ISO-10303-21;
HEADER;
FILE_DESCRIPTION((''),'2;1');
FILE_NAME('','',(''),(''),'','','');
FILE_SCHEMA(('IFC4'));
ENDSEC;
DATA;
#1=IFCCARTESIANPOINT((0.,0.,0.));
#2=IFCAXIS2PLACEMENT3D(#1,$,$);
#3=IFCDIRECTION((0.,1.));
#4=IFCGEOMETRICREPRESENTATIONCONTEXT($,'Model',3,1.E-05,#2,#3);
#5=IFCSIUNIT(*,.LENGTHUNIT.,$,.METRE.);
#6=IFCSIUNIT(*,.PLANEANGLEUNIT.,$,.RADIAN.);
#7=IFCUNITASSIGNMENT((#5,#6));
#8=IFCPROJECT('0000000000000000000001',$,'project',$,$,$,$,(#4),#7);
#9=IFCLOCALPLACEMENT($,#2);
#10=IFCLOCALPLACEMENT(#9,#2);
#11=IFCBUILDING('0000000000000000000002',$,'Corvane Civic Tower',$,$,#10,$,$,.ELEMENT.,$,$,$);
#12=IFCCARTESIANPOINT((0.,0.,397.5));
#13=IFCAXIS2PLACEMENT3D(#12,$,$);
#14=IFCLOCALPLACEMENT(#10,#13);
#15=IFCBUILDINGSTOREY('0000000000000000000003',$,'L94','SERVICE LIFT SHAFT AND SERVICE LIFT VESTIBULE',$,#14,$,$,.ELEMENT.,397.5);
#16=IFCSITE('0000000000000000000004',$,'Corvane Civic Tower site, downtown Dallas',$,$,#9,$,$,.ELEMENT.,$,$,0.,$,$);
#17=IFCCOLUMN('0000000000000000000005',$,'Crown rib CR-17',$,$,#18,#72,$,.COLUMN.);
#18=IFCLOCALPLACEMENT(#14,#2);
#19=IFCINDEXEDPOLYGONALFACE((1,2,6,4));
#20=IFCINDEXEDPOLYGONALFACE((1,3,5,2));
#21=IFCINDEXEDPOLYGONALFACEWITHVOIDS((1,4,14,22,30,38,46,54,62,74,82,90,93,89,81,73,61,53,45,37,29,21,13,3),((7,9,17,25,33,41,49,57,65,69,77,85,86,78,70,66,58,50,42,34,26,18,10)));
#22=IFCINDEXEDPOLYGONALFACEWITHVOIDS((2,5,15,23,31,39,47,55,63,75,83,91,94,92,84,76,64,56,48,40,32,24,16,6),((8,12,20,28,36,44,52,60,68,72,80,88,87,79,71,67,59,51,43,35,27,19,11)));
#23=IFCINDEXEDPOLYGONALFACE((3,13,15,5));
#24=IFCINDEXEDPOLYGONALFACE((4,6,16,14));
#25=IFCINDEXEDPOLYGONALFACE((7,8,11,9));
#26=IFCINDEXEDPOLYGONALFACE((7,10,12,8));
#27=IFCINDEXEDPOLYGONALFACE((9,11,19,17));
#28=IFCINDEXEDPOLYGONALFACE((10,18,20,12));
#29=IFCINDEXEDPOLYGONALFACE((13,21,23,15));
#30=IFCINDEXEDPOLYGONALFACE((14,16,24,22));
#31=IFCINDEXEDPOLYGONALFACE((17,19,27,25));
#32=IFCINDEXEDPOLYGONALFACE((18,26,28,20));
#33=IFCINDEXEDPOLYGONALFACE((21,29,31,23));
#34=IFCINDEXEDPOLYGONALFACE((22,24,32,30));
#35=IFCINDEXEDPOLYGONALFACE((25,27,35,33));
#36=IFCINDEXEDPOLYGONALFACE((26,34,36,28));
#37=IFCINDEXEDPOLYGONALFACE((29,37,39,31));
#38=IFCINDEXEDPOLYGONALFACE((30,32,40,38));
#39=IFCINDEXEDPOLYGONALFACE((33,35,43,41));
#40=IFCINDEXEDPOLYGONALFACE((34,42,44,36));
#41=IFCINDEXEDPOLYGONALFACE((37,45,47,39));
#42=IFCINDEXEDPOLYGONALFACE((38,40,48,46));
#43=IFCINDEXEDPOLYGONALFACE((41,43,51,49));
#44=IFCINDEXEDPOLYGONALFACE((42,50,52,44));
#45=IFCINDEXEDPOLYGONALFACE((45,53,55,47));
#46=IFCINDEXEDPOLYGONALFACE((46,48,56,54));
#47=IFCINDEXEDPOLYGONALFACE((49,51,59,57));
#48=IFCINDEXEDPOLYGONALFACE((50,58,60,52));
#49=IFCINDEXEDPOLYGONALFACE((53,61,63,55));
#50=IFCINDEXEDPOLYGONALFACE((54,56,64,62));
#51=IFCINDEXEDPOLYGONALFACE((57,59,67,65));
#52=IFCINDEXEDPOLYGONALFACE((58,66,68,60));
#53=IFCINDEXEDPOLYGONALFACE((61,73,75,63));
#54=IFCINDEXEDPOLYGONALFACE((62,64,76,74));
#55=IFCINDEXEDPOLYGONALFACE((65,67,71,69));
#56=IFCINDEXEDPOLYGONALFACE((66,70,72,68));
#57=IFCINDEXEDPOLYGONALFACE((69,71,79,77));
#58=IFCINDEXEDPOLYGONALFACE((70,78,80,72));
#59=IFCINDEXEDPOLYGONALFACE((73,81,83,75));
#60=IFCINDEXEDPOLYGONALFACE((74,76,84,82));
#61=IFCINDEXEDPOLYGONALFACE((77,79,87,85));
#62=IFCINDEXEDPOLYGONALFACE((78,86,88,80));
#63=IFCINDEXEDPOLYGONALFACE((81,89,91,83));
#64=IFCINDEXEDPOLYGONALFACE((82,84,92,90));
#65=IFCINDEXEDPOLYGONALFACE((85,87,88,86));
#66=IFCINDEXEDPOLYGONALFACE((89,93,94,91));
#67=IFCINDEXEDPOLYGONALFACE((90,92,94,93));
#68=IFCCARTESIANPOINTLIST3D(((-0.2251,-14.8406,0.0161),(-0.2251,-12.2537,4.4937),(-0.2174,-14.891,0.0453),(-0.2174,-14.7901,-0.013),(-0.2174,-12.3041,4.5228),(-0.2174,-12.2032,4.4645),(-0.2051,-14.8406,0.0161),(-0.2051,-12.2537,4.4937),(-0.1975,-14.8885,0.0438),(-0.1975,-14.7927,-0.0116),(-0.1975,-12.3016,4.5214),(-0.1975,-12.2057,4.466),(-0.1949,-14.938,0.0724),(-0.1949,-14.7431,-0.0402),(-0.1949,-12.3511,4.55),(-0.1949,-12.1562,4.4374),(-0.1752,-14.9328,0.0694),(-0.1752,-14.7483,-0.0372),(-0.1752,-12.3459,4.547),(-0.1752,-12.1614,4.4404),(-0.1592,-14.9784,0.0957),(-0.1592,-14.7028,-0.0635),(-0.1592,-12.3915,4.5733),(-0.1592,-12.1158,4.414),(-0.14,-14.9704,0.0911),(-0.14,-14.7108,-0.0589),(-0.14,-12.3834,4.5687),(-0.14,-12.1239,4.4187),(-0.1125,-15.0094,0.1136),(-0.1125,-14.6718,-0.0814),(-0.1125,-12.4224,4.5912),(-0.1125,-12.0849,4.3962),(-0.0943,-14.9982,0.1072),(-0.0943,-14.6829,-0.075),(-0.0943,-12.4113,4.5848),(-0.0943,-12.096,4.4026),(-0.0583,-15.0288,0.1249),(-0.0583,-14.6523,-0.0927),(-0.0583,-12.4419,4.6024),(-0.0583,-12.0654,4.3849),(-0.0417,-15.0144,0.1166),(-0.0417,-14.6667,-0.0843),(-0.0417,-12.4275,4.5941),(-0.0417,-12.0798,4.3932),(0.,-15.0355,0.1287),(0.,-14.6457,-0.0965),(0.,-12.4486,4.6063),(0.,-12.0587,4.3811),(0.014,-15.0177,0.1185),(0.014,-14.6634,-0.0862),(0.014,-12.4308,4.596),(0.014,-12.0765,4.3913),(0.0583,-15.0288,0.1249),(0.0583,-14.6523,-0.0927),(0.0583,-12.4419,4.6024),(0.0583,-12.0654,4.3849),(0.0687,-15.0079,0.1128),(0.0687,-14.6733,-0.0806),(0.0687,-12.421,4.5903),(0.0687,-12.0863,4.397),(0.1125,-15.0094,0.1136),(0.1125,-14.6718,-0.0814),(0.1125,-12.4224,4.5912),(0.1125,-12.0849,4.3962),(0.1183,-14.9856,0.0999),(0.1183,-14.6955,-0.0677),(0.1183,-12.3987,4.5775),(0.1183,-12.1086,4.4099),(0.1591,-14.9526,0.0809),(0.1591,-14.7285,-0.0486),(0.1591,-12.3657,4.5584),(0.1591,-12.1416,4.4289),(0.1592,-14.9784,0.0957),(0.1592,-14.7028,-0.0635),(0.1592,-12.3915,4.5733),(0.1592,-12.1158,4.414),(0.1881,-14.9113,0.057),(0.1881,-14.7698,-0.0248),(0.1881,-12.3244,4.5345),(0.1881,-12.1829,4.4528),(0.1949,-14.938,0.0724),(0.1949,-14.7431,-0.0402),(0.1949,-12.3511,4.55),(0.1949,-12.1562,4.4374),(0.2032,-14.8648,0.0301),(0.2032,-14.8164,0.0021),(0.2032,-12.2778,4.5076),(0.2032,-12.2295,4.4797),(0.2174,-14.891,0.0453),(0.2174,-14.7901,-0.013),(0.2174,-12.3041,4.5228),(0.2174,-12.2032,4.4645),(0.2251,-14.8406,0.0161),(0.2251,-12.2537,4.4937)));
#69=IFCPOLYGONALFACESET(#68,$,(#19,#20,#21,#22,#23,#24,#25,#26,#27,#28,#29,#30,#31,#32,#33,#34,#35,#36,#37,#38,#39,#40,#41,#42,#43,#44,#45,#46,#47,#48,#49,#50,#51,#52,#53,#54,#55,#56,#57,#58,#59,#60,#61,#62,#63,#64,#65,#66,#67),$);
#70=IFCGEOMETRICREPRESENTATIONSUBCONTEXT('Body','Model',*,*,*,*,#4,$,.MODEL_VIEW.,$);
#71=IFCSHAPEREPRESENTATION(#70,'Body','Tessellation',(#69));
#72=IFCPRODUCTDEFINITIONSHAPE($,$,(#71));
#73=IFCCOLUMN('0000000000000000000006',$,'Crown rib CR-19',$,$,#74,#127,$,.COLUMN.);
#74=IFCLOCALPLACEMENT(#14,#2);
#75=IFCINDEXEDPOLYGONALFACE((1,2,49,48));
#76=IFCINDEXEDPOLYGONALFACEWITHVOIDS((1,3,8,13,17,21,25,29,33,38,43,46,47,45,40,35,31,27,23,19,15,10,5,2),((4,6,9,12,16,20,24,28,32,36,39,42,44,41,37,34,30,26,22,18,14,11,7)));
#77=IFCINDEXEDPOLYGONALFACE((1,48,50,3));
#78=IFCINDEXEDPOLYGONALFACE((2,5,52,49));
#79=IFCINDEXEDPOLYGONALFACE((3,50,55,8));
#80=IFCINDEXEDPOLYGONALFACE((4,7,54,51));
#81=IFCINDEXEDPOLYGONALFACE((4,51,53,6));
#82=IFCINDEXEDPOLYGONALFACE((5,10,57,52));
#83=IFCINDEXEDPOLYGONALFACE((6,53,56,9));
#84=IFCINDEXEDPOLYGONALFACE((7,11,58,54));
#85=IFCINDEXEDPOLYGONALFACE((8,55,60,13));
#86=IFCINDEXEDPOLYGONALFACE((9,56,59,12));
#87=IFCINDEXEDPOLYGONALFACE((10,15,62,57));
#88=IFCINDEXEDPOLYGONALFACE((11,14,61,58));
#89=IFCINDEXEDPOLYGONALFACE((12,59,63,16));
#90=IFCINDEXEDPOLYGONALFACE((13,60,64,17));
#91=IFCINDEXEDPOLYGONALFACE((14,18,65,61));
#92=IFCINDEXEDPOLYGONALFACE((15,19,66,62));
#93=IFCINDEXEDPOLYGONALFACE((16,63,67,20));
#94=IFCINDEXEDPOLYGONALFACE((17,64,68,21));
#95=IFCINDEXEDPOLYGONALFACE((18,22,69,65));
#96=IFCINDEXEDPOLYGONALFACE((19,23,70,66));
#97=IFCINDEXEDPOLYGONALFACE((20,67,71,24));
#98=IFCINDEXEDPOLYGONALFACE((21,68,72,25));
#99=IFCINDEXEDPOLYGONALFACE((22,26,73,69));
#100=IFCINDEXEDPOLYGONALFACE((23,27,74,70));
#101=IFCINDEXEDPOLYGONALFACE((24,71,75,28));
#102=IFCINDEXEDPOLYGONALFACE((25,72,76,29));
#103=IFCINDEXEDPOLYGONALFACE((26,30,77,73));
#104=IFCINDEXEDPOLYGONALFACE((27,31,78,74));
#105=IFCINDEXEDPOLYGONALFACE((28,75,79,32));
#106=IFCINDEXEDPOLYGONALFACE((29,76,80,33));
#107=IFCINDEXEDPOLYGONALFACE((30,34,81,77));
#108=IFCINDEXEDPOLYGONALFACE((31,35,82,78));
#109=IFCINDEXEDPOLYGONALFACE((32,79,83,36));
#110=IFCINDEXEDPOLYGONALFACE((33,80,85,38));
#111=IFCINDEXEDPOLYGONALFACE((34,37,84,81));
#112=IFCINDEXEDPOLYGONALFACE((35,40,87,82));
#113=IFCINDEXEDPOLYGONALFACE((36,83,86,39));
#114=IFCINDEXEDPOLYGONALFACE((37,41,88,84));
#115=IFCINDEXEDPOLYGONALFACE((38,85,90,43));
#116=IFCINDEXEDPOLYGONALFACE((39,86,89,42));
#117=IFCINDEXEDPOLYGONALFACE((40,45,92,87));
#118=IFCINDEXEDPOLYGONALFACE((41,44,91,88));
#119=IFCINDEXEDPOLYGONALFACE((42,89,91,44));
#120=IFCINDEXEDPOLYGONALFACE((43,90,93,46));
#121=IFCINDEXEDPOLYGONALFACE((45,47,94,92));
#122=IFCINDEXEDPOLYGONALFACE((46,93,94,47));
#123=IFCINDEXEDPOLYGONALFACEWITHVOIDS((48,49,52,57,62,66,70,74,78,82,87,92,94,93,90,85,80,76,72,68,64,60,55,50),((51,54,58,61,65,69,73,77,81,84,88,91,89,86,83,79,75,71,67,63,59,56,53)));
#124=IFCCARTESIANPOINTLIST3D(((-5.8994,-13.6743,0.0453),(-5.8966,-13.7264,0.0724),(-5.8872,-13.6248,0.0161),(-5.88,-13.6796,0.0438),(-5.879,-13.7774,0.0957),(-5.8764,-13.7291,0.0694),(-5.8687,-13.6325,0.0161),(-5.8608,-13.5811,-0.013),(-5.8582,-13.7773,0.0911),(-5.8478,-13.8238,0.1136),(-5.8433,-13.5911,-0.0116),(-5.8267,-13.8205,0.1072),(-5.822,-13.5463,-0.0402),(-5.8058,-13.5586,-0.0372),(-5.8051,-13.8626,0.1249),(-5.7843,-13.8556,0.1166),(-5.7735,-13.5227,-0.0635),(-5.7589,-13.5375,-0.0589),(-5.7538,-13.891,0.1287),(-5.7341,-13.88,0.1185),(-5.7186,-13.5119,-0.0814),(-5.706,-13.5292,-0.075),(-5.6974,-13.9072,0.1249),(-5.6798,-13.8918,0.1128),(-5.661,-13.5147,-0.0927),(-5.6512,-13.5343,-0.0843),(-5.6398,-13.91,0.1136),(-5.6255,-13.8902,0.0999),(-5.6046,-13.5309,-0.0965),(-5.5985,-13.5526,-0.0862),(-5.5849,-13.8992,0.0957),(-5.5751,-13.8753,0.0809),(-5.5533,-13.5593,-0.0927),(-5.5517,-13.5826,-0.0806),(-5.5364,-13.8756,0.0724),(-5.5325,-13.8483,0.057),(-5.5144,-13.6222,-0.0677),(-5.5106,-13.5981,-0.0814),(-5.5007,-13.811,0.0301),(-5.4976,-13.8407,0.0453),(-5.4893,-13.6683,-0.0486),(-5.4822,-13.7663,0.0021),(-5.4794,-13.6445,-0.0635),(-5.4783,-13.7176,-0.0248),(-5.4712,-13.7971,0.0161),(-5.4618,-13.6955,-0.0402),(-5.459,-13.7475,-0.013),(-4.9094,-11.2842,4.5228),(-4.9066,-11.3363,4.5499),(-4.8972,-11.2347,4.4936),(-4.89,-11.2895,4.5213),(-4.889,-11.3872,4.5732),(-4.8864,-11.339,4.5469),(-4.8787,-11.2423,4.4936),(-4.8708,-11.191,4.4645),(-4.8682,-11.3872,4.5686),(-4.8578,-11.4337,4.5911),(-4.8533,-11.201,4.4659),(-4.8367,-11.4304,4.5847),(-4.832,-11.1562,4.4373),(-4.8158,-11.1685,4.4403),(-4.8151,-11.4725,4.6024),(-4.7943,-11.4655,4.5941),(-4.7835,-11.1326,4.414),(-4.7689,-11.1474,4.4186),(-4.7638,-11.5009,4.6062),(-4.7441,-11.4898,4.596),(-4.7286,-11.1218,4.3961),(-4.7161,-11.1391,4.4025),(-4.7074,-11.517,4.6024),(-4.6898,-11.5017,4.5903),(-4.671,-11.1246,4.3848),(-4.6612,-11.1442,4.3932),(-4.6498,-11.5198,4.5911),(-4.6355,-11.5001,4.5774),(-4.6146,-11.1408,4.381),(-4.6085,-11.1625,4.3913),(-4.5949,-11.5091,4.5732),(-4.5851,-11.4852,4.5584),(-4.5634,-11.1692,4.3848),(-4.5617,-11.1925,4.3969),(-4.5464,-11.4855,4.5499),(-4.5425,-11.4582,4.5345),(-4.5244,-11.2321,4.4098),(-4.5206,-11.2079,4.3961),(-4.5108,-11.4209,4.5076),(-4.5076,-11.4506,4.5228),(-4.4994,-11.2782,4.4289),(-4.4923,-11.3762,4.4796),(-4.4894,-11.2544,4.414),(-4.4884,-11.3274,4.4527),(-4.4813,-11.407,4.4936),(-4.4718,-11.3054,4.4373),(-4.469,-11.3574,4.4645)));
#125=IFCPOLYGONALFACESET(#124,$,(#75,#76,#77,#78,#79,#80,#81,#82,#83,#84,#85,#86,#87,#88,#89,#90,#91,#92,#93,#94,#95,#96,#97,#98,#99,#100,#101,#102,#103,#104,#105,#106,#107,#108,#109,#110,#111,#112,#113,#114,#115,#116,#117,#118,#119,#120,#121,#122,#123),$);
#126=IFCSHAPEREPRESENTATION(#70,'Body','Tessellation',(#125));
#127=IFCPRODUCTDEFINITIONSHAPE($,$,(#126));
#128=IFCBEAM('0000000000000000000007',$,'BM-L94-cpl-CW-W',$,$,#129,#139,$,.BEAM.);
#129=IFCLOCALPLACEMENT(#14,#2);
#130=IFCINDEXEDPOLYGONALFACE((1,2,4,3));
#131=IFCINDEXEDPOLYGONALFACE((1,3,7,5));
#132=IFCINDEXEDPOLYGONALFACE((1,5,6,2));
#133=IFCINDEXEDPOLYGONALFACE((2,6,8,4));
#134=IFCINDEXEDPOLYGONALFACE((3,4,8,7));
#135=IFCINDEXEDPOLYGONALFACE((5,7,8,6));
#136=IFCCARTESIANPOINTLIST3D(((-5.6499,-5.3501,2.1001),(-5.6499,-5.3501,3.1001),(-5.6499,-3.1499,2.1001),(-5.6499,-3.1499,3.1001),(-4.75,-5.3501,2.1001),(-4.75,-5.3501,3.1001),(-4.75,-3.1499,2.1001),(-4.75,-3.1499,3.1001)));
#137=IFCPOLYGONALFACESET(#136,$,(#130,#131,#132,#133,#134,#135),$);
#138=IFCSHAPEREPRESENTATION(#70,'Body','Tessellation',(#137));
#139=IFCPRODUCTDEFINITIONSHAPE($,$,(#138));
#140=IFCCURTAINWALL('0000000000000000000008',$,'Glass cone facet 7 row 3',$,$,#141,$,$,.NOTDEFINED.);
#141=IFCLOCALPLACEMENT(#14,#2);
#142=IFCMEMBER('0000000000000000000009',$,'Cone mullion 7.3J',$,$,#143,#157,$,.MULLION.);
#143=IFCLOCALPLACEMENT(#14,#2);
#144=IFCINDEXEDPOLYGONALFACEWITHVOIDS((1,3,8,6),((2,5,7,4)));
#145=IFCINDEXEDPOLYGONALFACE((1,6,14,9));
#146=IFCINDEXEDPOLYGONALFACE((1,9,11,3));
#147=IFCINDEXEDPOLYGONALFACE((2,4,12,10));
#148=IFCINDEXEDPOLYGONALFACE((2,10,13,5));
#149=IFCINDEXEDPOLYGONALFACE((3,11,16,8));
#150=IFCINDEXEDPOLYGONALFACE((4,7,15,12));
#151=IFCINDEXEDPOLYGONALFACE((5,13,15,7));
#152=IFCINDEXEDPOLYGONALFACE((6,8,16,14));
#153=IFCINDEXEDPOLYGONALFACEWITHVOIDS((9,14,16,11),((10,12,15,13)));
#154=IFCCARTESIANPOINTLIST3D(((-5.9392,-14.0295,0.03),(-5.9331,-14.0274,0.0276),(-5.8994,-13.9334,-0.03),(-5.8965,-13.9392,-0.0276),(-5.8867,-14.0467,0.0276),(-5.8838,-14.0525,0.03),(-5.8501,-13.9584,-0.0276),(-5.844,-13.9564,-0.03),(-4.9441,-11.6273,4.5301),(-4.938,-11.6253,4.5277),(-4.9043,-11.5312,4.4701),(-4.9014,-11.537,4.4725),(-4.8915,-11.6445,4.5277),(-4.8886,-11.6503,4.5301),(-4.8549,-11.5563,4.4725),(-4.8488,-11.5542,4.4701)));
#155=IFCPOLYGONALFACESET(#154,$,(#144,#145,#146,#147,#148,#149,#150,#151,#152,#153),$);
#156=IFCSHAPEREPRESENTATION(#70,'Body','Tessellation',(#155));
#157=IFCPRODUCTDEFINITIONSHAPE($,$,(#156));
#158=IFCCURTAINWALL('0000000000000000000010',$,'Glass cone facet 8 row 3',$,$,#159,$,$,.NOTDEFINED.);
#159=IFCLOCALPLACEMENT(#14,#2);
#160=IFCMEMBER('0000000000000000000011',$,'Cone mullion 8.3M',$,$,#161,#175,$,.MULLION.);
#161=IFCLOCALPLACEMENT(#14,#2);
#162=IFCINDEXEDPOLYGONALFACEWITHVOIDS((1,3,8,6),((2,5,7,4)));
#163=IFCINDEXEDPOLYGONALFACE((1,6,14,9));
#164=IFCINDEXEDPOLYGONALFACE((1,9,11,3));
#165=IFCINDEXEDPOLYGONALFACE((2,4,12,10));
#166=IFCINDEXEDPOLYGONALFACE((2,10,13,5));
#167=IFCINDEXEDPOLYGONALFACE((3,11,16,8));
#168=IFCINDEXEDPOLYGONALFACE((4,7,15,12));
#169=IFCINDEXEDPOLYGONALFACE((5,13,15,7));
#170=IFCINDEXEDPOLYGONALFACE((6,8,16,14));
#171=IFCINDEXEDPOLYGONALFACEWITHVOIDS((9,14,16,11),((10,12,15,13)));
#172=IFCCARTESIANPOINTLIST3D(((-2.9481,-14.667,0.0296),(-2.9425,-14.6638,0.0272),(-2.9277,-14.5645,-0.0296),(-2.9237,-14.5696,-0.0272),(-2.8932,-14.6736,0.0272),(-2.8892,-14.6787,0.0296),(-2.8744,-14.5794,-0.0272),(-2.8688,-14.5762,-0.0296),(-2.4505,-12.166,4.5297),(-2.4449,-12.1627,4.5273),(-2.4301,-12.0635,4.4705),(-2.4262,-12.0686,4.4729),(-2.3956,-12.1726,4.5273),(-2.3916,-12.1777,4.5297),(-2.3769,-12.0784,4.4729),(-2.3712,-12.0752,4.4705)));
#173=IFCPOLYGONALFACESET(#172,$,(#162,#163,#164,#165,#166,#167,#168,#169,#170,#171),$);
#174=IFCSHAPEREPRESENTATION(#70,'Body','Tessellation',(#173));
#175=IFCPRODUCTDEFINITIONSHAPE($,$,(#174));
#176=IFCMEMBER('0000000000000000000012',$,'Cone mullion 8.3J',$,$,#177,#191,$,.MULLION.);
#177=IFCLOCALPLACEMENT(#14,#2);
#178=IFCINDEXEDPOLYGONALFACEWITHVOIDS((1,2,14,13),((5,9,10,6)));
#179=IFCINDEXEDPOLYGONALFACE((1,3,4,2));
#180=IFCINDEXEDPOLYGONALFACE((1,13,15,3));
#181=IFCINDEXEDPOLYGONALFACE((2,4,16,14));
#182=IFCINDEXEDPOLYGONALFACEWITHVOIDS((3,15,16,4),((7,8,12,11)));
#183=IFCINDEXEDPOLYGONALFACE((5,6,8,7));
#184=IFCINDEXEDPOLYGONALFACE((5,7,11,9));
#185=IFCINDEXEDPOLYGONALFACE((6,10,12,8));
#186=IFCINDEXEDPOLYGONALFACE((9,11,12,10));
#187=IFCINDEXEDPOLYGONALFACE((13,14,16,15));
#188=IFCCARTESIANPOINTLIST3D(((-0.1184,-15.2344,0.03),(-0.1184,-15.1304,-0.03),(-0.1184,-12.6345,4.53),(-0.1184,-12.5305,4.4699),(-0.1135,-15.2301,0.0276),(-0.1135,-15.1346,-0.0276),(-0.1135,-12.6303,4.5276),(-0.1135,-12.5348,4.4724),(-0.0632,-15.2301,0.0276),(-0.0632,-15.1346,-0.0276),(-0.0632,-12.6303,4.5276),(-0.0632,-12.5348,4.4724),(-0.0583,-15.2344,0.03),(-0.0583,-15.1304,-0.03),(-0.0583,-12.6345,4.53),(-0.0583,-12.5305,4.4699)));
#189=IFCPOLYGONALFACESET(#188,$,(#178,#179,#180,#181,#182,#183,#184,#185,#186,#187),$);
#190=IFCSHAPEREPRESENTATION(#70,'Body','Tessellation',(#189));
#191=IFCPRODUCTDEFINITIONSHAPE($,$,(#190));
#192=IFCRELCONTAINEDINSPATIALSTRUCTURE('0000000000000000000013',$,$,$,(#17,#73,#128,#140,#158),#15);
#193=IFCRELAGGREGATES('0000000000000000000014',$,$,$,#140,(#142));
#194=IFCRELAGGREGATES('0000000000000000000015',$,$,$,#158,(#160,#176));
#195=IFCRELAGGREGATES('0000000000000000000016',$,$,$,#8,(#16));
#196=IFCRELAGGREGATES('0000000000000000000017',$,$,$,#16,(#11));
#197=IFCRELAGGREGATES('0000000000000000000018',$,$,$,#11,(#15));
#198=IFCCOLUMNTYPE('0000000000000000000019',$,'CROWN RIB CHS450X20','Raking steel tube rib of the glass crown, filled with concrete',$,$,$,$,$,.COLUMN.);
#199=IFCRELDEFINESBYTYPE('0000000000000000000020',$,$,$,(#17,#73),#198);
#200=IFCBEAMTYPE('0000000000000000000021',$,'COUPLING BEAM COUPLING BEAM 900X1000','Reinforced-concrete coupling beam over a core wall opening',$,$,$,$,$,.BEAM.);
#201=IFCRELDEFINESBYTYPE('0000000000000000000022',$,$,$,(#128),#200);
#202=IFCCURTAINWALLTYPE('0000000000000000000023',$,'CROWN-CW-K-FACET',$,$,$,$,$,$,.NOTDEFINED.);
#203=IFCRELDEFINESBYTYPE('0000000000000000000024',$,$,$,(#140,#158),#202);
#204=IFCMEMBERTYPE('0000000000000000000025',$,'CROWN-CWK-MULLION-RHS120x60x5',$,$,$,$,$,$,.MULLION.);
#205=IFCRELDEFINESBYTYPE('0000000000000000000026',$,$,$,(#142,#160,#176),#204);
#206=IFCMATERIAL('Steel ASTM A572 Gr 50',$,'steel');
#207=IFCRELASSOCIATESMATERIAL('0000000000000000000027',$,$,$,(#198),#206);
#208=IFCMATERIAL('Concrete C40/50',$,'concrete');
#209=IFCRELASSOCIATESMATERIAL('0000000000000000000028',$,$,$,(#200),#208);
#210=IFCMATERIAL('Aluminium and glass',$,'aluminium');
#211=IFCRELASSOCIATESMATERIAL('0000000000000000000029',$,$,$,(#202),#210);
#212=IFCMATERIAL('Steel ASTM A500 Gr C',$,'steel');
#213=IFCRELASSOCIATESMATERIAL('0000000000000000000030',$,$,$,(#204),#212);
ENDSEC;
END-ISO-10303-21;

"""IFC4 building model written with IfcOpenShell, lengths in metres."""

from ifc_helpers import new_model, si_unit, direction, frame, origin, origin_2d, place, context, subcontext, project, spatial, rectangle, hollow_rectangle, hollow_circle, extrude, material, material_profile, profile_set, type_object, element, aggregate, save


model = new_model("IFC4")

# Units and contexts
model_context = context("Model", 3, precision=1e-05, world=origin(), true_north=direction((0.0, 1.0)))
body_context = subcontext(model_context, "Body", "Model", "MODEL_VIEW")
ifc_project = project(units=[si_unit("LENGTHUNIT", "METRE"), si_unit("PLANEANGLEUNIT", "RADIAN")], contexts=[model_context])

# Site, building, storey
site_placement = place(None, origin())
site = spatial("IfcSite", under=ifc_project, at=site_placement, Name="Corvane Civic Tower site, downtown Dallas", CompositionType="ELEMENT", RefElevation=0.0)
building_placement = place(site_placement, origin())
building = spatial("IfcBuilding", under=site, at=building_placement, Name="Corvane Civic Tower", CompositionType="ELEMENT")
storey_placement = place(building_placement, frame((0.0, 0.0, 397.5)))
storey = spatial("IfcBuildingStorey", under=building, at=storey_placement, Name="L94", Description="SERVICE LIFT SHAFT AND SERVICE LIFT VESTIBULE", CompositionType="ELEMENT", Elevation=397.5)

# Columns
ifc_material_1 = material(Name="Steel ASTM A572 Gr 50", Category="steel")
ifc_material_profile_1 = material_profile(ifc_material_1, hollow_circle(Radius=0.2251, WallThickness=0.02, at=origin_2d()), Name="CHS450X20")
ifc_profile_set_1 = profile_set([ifc_material_profile_1], Name="Steel ASTM A572 Gr 50")
column_type = type_object("IfcColumnType", Name="CROWN RIB CHS450X20", Description="Raking steel tube rib of the glass crown, filled with concrete", PredefinedType="COLUMN", material=ifc_profile_set_1)
for number, where, z_axis, x_axis, name in (
    (1, (0.0, -14.8406, 0.0161), (0.0, 0.500262, 0.865874), (-1.0, 0.0, 0.0), "Crown rib CR-17"),
    (2, (-5.6792, -13.7109, 0.0161), (0.191443, 0.462203, 0.865863), (-0.923885, 0.382671, 0.0), "Crown rib CR-19"),
):
    element("IfcColumn", number, at=place(storey_placement, frame(where, z_axis=z_axis, x_axis=x_axis)), inside=storey, type_object=column_type, Name=name, PredefinedType="COLUMN", context=body_context, shape_type="SweptSolid", body=[
        extrude(hollow_circle(Radius=0.2251, WallThickness=0.02, at=origin_2d()), origin(), (0.0, 0.0, 1.0), 5.1711),
    ])

# Beam
ifc_material_2 = material(Name="Concrete C40/50", Category="concrete")
ifc_material_profile_2 = material_profile(ifc_material_2, rectangle(XDim=0.8999, YDim=1.0, at=origin_2d()), Name="COUPLING BEAM 900X1000")
ifc_profile_set_2 = profile_set([ifc_material_profile_2], Name="Concrete C40/50")
beam_type_1 = type_object("IfcBeamType", Name="COUPLING BEAM COUPLING BEAM 900X1000", Description="Reinforced-concrete coupling beam over a core wall opening", PredefinedType="BEAM", material=ifc_profile_set_2)
beam_1_placement = place(storey_placement, frame((-5.2, -5.3501, 2.6001), z_axis=(0.0, 1.0, 0.0), x_axis=(-1.0, 0.0, 0.0)))
element("IfcBeam", 3, at=beam_1_placement, inside=storey, type_object=beam_type_1, Name="BM-L94-cpl-CW-W", PredefinedType="BEAM", context=body_context, shape_type="SweptSolid", body=[
    extrude(rectangle(XDim=0.8999, YDim=1.0, at=origin_2d()), origin(), (0.0, 0.0, 1.0), 2.2002),
])

# Curtain wall, member
ifc_material_3 = material(Name="Aluminium and glass", Category="aluminium")
curtain_wall_type = type_object("IfcCurtainWallType", Name="CROWN-CW-K-FACET", PredefinedType="NOTDEFINED", material=ifc_material_3)
curtain_wall_1_placement = place(storey_placement, origin())
curtain_wall_1 = element("IfcCurtainWall", 4, at=curtain_wall_1_placement, inside=storey, type_object=curtain_wall_type, Name="Glass cone facet 7 row 3", PredefinedType="NOTDEFINED")
ifc_material_4 = material(Name="Steel ASTM A500 Gr C", Category="steel")
ifc_material_profile_3 = material_profile(ifc_material_4, hollow_rectangle(XDim=0.0601, YDim=0.1201, WallThickness=0.0049, at=origin_2d()), Name="RHS 120x60x5")
ifc_profile_set_3 = profile_set([ifc_material_profile_3], Name="Steel ASTM A500 Gr C")
member_type_1 = type_object("IfcMemberType", Name="CROWN-CWK-MULLION-RHS120x60x5", PredefinedType="MULLION", material=ifc_profile_set_3)
member_1_placement = place(storey_placement, frame((-5.8916, -13.9929, 0.0), z_axis=(0.191474, 0.462196, 0.86586), x_axis=(-0.923861, 0.382728, 0.0)))
member_1 = element("IfcMember", 5, at=member_1_placement, type_object=member_type_1, Name="Cone mullion 7.3J", PredefinedType="MULLION", context=body_context, shape_type="SweptSolid", body=[
    extrude(hollow_rectangle(XDim=0.0601, YDim=0.1201, WallThickness=0.0049, at=origin_2d()), origin(), (0.0, 0.0, 1.0), 5.1973),
])
aggregate(curtain_wall_1, [member_1])

# Curtain wall, members
curtain_wall_2_placement = place(storey_placement, origin())
curtain_wall_2 = element("IfcCurtainWall", 6, at=curtain_wall_2_placement, inside=storey, type_object=curtain_wall_type, Name="Glass cone facet 8 row 3", PredefinedType="NOTDEFINED")
member_2_placement = place(storey_placement, frame((-2.9084, -14.6216, 0.0), z_axis=(0.096197, 0.483535, 0.870023), x_axis=(-0.980779, 0.195122, 0.0)))
member_2 = element("IfcMember", 7, at=member_2_placement, type_object=member_type_1, Name="Cone mullion 8.3M", PredefinedType="MULLION", context=body_context, shape_type="SweptSolid", body=[
    extrude(hollow_rectangle(XDim=0.0601, YDim=0.1201, WallThickness=0.0049, at=origin_2d()), origin(), (0.0, 0.0, 1.0), 5.1724),
])
member_3_placement = place(storey_placement, frame((-0.0884, -15.1824, 0.0), z_axis=(0.0, 0.500256, 0.865877), x_axis=(-1.0, 0.0, 0.0)))
member_3 = element("IfcMember", 8, at=member_3_placement, type_object=member_type_1, Name="Cone mullion 8.3J", PredefinedType="MULLION", context=body_context, shape_type="SweptSolid", body=[
    extrude(hollow_rectangle(XDim=0.0601, YDim=0.1201, WallThickness=0.0049, at=origin_2d()), origin(), (0.0, 0.0, 1.0), 5.197),
])

aggregate(curtain_wall_2, [member_2, member_3])

save(model, "model.ifc")
